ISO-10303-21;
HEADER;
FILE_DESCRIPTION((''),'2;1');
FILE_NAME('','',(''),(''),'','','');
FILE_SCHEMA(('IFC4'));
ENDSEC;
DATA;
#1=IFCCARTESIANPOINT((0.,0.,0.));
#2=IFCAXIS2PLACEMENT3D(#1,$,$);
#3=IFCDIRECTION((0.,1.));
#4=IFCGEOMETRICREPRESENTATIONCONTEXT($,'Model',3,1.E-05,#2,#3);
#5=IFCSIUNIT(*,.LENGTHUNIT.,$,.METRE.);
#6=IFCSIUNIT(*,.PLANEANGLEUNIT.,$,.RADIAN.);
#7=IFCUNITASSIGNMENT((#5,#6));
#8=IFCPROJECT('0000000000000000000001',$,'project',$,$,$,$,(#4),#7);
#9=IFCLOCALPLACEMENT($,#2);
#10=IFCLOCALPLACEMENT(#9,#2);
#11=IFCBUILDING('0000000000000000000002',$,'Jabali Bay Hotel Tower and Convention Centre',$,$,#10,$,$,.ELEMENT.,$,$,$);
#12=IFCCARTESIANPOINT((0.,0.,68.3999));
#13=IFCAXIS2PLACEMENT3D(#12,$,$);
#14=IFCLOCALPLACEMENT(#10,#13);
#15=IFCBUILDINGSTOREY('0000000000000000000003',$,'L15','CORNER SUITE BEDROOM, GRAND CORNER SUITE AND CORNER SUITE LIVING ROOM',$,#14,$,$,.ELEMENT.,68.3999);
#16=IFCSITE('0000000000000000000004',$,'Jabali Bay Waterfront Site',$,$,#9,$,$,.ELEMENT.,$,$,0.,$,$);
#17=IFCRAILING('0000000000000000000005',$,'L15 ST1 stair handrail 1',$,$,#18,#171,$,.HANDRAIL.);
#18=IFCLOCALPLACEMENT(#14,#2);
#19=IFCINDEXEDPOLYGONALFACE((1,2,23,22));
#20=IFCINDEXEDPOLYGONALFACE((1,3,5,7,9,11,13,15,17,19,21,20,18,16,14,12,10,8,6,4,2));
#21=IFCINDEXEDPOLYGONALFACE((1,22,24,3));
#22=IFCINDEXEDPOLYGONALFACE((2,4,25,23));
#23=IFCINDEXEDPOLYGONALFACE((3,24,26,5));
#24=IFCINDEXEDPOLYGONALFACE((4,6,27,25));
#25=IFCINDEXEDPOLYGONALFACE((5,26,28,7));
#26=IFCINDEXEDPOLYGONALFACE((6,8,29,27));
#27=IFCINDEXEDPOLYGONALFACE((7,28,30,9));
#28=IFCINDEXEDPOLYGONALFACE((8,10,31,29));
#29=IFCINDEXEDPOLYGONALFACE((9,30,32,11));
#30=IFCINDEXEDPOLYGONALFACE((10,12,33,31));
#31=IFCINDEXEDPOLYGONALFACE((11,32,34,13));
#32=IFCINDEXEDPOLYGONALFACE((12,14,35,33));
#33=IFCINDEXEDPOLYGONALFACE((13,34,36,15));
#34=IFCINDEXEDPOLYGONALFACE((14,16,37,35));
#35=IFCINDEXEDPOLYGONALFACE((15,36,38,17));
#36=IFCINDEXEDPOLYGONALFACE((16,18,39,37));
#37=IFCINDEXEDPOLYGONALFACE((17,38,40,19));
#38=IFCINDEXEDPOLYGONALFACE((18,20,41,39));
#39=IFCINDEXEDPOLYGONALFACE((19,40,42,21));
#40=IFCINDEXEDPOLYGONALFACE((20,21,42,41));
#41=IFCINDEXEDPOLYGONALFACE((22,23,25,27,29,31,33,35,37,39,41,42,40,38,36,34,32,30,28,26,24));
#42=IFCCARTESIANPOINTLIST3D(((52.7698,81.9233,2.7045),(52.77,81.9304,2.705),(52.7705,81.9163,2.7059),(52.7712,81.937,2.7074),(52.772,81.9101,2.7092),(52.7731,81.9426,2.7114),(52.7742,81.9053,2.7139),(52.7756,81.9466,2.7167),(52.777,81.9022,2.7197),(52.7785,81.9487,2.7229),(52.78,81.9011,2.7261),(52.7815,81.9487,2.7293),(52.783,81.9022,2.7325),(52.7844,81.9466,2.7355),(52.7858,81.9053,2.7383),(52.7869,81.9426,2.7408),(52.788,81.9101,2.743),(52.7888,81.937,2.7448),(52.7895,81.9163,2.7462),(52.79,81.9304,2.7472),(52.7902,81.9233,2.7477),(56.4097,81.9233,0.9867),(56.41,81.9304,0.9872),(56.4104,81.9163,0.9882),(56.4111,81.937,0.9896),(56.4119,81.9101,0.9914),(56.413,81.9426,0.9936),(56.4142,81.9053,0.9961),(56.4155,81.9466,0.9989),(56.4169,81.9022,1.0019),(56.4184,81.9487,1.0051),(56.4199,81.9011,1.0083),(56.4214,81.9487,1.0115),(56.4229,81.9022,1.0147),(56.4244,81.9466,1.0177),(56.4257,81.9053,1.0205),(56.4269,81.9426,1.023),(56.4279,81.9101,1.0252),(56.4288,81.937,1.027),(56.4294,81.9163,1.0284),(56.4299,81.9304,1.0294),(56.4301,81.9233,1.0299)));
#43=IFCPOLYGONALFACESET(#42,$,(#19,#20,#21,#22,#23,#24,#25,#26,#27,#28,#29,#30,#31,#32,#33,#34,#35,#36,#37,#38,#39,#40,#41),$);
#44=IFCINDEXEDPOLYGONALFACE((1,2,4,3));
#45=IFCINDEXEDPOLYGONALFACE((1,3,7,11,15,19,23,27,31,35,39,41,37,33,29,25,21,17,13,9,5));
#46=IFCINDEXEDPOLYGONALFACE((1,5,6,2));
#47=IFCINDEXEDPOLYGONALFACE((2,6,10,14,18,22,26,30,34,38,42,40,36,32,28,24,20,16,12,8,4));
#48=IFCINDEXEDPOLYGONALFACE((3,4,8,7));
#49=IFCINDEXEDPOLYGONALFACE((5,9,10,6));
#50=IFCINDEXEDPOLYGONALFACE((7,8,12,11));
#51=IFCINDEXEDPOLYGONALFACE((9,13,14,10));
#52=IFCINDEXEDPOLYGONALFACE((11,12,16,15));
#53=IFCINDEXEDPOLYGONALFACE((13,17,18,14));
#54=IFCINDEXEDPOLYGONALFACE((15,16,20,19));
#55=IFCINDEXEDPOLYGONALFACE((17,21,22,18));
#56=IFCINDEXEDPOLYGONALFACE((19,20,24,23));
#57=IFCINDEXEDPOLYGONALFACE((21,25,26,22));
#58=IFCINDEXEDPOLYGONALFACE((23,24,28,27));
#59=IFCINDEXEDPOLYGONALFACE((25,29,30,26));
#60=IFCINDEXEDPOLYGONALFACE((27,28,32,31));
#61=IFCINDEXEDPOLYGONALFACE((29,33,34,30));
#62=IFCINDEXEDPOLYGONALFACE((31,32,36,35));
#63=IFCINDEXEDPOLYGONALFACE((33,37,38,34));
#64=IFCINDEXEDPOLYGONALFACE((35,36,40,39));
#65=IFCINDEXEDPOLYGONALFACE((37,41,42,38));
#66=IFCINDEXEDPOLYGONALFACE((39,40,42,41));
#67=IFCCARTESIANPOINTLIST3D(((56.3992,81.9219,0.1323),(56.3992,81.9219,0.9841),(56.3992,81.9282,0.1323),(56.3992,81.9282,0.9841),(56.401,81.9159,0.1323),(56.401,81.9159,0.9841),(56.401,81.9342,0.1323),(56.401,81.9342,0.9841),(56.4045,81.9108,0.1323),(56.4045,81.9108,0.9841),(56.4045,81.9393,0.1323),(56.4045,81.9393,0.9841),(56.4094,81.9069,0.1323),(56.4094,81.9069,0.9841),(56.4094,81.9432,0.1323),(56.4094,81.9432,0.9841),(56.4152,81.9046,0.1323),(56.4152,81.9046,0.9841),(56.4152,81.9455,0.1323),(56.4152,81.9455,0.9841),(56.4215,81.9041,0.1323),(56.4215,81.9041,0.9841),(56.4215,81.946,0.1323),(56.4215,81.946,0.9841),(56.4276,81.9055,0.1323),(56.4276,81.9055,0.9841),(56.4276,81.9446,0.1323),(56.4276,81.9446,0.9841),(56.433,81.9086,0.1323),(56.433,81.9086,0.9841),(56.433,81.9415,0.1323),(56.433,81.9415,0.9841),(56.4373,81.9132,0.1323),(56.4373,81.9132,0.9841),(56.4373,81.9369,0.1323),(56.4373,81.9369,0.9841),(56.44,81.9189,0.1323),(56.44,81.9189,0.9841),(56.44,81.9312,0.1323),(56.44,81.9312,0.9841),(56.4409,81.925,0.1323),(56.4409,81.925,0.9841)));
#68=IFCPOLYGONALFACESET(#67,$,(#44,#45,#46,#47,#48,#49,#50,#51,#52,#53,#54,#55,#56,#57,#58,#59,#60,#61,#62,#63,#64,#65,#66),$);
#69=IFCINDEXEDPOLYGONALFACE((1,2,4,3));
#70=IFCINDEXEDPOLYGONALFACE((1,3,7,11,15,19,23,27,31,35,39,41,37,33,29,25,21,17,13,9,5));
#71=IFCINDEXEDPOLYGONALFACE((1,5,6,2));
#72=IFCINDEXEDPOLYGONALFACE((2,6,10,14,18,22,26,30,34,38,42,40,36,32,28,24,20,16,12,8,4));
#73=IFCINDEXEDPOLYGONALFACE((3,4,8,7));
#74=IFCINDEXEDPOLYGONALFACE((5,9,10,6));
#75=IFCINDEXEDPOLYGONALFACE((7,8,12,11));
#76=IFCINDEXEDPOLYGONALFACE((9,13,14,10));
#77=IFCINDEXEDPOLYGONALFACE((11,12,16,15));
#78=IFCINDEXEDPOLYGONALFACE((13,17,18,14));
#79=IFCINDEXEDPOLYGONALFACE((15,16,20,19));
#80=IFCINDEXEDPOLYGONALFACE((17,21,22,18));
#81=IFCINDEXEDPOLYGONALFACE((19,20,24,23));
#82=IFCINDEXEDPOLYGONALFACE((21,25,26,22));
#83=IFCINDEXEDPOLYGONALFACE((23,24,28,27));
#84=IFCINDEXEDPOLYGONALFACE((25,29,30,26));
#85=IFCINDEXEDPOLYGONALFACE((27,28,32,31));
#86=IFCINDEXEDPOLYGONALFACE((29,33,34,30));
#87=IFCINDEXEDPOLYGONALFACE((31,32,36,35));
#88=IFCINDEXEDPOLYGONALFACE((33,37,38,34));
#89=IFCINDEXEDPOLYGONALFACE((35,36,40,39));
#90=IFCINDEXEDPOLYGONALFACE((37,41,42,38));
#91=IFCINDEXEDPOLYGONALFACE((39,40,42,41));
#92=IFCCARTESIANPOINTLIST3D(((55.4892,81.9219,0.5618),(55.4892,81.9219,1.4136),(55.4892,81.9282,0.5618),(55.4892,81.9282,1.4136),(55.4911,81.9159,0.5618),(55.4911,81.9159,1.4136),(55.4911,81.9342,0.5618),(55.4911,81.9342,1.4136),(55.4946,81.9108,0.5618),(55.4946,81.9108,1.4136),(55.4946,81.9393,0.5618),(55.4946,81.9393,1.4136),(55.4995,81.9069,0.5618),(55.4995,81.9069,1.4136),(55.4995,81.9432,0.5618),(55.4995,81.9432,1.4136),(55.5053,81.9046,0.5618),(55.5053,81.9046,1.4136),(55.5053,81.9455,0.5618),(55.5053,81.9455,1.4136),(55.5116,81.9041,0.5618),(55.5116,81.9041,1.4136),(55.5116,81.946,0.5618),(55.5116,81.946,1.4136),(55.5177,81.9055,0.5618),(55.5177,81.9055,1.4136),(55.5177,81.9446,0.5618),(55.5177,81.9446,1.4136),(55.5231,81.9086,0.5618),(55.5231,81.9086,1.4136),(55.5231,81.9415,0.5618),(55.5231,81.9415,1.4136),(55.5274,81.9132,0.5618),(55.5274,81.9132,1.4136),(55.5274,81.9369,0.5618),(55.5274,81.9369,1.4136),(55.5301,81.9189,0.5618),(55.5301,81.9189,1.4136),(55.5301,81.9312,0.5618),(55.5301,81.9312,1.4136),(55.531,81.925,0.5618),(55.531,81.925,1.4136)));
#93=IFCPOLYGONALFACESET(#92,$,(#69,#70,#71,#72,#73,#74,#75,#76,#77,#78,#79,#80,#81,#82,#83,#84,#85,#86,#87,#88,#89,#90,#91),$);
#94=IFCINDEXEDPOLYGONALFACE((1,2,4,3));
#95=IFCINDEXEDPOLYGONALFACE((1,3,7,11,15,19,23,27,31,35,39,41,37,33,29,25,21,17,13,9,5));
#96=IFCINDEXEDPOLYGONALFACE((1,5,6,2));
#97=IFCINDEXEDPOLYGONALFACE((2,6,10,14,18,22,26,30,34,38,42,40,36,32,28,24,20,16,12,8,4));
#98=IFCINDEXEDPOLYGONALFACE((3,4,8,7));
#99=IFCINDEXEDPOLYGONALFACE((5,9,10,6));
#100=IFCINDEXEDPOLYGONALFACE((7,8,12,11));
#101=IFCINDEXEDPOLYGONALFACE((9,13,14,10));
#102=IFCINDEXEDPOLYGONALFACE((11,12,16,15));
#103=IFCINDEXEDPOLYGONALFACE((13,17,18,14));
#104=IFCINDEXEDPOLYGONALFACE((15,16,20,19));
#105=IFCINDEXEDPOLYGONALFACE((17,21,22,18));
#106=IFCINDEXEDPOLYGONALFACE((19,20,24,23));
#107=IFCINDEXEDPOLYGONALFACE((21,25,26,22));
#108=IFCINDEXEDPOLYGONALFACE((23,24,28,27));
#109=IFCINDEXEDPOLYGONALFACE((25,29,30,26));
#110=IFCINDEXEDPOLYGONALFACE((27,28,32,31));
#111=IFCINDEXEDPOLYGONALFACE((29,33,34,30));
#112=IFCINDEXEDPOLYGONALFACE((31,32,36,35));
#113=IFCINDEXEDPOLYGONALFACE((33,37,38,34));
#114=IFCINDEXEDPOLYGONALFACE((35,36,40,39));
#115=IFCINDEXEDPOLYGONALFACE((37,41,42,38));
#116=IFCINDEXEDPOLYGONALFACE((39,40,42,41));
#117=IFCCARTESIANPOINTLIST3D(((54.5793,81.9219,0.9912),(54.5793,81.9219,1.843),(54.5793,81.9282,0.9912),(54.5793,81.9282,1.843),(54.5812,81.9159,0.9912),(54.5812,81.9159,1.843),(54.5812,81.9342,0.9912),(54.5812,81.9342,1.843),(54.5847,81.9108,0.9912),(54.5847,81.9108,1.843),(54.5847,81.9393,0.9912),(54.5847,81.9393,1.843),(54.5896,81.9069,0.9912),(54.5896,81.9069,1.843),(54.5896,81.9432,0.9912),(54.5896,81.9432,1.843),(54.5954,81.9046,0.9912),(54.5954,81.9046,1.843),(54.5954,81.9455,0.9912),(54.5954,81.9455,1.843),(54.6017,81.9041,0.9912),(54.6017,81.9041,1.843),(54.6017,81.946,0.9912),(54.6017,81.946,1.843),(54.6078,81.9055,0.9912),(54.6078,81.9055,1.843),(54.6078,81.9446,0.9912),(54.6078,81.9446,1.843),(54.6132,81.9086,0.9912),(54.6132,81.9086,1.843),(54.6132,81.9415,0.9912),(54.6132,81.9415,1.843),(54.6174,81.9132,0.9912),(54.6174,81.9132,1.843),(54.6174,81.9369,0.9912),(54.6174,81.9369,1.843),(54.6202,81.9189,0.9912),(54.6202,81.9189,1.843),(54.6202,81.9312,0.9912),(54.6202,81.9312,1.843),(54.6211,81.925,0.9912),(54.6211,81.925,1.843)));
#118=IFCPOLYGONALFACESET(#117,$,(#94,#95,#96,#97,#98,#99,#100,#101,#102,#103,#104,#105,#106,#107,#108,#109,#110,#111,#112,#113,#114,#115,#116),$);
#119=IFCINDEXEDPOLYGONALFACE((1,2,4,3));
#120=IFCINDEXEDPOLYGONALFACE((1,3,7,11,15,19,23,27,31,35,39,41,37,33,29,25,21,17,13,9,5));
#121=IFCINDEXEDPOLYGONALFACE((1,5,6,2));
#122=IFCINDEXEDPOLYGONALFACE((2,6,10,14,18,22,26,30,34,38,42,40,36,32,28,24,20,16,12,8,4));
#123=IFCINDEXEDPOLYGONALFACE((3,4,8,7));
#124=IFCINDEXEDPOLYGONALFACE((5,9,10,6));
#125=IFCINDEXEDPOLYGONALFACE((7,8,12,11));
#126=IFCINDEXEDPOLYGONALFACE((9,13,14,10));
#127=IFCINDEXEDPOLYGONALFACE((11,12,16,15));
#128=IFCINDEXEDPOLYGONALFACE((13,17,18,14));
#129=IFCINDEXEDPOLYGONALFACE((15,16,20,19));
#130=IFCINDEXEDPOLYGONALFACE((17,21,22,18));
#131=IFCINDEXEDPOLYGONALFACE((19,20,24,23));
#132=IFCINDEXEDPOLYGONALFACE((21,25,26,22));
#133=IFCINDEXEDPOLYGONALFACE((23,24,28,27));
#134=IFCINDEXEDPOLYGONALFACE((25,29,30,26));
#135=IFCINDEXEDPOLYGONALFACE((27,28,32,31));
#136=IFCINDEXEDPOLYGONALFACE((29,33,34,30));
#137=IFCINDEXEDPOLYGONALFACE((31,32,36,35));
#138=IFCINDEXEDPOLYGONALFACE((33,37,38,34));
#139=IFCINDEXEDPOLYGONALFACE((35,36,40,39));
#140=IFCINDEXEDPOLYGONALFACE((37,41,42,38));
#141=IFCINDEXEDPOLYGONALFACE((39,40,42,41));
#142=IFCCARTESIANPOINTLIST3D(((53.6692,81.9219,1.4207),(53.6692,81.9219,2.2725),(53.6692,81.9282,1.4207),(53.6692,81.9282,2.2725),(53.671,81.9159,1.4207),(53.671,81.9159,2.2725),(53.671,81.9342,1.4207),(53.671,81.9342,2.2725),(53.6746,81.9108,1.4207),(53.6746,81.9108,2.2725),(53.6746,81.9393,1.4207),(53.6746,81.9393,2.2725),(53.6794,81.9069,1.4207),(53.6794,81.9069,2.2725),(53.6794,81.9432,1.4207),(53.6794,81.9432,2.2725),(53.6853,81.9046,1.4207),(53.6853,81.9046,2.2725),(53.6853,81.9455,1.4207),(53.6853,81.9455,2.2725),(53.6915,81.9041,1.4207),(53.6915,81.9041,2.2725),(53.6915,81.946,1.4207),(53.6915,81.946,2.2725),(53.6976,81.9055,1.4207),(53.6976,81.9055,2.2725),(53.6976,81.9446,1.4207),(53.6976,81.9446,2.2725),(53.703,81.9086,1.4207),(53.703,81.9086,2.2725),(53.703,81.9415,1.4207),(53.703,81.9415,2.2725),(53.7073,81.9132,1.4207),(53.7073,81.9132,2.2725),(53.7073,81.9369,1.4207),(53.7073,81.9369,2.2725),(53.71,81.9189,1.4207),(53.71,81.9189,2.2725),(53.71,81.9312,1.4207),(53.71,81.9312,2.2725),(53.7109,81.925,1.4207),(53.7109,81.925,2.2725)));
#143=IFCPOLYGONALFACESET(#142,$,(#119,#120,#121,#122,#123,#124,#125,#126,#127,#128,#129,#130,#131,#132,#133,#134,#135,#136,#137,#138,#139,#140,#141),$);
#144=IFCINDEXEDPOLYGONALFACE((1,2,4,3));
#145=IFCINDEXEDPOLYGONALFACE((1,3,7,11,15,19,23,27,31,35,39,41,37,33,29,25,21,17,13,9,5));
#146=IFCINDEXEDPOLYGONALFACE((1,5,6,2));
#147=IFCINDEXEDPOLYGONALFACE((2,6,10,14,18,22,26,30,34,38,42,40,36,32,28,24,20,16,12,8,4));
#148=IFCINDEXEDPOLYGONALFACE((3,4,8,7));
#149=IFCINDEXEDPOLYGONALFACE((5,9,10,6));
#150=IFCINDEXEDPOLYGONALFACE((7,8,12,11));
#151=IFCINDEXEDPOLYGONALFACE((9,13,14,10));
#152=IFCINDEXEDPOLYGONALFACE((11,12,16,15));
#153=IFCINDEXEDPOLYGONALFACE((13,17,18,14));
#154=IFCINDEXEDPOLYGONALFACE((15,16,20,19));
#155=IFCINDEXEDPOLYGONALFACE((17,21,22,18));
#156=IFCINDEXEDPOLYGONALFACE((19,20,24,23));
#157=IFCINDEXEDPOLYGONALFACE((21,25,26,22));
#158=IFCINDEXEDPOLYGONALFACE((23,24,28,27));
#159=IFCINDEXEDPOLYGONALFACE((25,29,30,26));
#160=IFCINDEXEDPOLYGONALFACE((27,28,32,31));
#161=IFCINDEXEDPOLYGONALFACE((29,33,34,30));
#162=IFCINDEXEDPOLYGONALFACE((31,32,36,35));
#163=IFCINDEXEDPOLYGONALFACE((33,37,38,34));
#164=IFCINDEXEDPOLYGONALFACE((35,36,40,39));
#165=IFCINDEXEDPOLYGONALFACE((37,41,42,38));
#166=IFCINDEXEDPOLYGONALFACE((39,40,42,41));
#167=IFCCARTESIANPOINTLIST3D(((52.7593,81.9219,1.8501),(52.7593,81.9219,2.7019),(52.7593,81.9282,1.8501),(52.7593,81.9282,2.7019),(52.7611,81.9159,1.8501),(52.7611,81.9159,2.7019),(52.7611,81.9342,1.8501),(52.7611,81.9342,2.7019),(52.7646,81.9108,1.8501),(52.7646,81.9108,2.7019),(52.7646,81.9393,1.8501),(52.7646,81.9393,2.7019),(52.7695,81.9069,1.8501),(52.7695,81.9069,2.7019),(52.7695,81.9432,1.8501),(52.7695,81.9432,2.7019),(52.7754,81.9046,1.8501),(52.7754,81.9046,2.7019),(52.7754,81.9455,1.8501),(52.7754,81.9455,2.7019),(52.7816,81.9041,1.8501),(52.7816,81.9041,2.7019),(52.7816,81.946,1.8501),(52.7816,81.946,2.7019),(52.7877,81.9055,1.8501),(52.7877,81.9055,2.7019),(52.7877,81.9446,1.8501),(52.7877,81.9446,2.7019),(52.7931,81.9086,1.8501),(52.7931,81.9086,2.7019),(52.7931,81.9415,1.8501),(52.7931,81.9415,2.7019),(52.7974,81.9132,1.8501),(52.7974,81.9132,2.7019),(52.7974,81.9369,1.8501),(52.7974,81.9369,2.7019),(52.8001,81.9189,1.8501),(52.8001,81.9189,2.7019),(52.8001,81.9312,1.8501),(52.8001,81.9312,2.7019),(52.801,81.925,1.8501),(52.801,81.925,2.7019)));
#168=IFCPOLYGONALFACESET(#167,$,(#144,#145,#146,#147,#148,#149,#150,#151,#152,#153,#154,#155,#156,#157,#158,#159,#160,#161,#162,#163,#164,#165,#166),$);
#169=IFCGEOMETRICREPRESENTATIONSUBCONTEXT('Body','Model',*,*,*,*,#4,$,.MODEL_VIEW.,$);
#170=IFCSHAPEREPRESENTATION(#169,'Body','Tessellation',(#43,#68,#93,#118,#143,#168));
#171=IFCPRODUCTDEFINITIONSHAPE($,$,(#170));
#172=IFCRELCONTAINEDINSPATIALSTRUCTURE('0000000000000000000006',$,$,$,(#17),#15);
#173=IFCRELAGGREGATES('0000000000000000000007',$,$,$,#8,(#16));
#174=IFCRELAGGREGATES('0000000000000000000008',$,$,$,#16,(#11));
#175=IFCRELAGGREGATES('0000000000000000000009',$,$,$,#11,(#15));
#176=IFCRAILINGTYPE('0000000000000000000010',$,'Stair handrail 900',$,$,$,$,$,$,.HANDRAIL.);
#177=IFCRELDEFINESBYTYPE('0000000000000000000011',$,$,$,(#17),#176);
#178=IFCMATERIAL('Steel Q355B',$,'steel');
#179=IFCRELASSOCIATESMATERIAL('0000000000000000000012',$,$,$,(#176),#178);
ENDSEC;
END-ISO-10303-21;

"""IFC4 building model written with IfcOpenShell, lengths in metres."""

from ifc_helpers import new_model, si_unit, direction, frame, origin, origin_2d, place, context, subcontext, project, spatial, circle, extrude, material, type_object, element, save


model = new_model("IFC4")

# Units and contexts
model_context = context("Model", 3, precision=1e-05, world=origin(), true_north=direction((0.0, 1.0)))
body_context = subcontext(model_context, "Body", "Model", "MODEL_VIEW")
ifc_project = project(units=[si_unit("LENGTHUNIT", "METRE"), si_unit("PLANEANGLEUNIT", "RADIAN")], contexts=[model_context])

# Site, building, storey
site_placement = place(None, origin())
site = spatial("IfcSite", under=ifc_project, at=site_placement, Name="Jabali Bay Waterfront Site", CompositionType="ELEMENT", RefElevation=0.0)
building_placement = place(site_placement, origin())
building = spatial("IfcBuilding", under=site, at=building_placement, Name="Jabali Bay Hotel Tower and Convention Centre", CompositionType="ELEMENT")
storey_placement = place(building_placement, frame((0.0, 0.0, 68.3999)))
storey = spatial("IfcBuildingStorey", under=building, at=storey_placement, Name="L15", Description="CORNER SUITE BEDROOM, GRAND CORNER SUITE AND CORNER SUITE LIVING ROOM", CompositionType="ELEMENT", Elevation=68.3999)

# Railing
ifc_material_1 = material(Name="Steel Q355B", Category="steel")
railing_type_1 = type_object("IfcRailingType", Name="Stair handrail 900", PredefinedType="HANDRAIL", material=ifc_material_1)
railing_1_placement = place(storey_placement, frame((56.4199, 81.925, 0.1323)))
element("IfcRailing", 1, at=railing_1_placement, inside=storey, type_object=railing_type_1, Name="L15 ST1 stair handrail 1", PredefinedType="HANDRAIL", context=body_context, shape_type="SweptSolid", body=[
    extrude(circle(Radius=0.0239, at=origin_2d()), frame((0.0, 0.0, 0.876), z_axis=(-0.904351, 0.0, 0.42679), x_axis=(0.0, -1.0, 0.0)), (0.0, 0.0, 1.0), 4.0249),
    extrude(circle(Radius=0.021, at=origin_2d()), origin(), (0.0, 0.0, 1.0), 0.8518),
    extrude(circle(Radius=0.021, at=origin_2d()), frame((-0.9099, 0.0, 0.4294)), (0.0, 0.0, 1.0), 0.8518),
    extrude(circle(Radius=0.021, at=origin_2d()), frame((-1.8198, 0.0, 0.8589)), (0.0, 0.0, 1.0), 0.8518),
    extrude(circle(Radius=0.021, at=origin_2d()), frame((-2.73, 0.0, 1.2883)), (0.0, 0.0, 1.0), 0.8518),
    extrude(circle(Radius=0.021, at=origin_2d()), frame((-3.6399, 0.0, 1.7178)), (0.0, 0.0, 1.0), 0.8518),
])

save(model, "model.ifc")
